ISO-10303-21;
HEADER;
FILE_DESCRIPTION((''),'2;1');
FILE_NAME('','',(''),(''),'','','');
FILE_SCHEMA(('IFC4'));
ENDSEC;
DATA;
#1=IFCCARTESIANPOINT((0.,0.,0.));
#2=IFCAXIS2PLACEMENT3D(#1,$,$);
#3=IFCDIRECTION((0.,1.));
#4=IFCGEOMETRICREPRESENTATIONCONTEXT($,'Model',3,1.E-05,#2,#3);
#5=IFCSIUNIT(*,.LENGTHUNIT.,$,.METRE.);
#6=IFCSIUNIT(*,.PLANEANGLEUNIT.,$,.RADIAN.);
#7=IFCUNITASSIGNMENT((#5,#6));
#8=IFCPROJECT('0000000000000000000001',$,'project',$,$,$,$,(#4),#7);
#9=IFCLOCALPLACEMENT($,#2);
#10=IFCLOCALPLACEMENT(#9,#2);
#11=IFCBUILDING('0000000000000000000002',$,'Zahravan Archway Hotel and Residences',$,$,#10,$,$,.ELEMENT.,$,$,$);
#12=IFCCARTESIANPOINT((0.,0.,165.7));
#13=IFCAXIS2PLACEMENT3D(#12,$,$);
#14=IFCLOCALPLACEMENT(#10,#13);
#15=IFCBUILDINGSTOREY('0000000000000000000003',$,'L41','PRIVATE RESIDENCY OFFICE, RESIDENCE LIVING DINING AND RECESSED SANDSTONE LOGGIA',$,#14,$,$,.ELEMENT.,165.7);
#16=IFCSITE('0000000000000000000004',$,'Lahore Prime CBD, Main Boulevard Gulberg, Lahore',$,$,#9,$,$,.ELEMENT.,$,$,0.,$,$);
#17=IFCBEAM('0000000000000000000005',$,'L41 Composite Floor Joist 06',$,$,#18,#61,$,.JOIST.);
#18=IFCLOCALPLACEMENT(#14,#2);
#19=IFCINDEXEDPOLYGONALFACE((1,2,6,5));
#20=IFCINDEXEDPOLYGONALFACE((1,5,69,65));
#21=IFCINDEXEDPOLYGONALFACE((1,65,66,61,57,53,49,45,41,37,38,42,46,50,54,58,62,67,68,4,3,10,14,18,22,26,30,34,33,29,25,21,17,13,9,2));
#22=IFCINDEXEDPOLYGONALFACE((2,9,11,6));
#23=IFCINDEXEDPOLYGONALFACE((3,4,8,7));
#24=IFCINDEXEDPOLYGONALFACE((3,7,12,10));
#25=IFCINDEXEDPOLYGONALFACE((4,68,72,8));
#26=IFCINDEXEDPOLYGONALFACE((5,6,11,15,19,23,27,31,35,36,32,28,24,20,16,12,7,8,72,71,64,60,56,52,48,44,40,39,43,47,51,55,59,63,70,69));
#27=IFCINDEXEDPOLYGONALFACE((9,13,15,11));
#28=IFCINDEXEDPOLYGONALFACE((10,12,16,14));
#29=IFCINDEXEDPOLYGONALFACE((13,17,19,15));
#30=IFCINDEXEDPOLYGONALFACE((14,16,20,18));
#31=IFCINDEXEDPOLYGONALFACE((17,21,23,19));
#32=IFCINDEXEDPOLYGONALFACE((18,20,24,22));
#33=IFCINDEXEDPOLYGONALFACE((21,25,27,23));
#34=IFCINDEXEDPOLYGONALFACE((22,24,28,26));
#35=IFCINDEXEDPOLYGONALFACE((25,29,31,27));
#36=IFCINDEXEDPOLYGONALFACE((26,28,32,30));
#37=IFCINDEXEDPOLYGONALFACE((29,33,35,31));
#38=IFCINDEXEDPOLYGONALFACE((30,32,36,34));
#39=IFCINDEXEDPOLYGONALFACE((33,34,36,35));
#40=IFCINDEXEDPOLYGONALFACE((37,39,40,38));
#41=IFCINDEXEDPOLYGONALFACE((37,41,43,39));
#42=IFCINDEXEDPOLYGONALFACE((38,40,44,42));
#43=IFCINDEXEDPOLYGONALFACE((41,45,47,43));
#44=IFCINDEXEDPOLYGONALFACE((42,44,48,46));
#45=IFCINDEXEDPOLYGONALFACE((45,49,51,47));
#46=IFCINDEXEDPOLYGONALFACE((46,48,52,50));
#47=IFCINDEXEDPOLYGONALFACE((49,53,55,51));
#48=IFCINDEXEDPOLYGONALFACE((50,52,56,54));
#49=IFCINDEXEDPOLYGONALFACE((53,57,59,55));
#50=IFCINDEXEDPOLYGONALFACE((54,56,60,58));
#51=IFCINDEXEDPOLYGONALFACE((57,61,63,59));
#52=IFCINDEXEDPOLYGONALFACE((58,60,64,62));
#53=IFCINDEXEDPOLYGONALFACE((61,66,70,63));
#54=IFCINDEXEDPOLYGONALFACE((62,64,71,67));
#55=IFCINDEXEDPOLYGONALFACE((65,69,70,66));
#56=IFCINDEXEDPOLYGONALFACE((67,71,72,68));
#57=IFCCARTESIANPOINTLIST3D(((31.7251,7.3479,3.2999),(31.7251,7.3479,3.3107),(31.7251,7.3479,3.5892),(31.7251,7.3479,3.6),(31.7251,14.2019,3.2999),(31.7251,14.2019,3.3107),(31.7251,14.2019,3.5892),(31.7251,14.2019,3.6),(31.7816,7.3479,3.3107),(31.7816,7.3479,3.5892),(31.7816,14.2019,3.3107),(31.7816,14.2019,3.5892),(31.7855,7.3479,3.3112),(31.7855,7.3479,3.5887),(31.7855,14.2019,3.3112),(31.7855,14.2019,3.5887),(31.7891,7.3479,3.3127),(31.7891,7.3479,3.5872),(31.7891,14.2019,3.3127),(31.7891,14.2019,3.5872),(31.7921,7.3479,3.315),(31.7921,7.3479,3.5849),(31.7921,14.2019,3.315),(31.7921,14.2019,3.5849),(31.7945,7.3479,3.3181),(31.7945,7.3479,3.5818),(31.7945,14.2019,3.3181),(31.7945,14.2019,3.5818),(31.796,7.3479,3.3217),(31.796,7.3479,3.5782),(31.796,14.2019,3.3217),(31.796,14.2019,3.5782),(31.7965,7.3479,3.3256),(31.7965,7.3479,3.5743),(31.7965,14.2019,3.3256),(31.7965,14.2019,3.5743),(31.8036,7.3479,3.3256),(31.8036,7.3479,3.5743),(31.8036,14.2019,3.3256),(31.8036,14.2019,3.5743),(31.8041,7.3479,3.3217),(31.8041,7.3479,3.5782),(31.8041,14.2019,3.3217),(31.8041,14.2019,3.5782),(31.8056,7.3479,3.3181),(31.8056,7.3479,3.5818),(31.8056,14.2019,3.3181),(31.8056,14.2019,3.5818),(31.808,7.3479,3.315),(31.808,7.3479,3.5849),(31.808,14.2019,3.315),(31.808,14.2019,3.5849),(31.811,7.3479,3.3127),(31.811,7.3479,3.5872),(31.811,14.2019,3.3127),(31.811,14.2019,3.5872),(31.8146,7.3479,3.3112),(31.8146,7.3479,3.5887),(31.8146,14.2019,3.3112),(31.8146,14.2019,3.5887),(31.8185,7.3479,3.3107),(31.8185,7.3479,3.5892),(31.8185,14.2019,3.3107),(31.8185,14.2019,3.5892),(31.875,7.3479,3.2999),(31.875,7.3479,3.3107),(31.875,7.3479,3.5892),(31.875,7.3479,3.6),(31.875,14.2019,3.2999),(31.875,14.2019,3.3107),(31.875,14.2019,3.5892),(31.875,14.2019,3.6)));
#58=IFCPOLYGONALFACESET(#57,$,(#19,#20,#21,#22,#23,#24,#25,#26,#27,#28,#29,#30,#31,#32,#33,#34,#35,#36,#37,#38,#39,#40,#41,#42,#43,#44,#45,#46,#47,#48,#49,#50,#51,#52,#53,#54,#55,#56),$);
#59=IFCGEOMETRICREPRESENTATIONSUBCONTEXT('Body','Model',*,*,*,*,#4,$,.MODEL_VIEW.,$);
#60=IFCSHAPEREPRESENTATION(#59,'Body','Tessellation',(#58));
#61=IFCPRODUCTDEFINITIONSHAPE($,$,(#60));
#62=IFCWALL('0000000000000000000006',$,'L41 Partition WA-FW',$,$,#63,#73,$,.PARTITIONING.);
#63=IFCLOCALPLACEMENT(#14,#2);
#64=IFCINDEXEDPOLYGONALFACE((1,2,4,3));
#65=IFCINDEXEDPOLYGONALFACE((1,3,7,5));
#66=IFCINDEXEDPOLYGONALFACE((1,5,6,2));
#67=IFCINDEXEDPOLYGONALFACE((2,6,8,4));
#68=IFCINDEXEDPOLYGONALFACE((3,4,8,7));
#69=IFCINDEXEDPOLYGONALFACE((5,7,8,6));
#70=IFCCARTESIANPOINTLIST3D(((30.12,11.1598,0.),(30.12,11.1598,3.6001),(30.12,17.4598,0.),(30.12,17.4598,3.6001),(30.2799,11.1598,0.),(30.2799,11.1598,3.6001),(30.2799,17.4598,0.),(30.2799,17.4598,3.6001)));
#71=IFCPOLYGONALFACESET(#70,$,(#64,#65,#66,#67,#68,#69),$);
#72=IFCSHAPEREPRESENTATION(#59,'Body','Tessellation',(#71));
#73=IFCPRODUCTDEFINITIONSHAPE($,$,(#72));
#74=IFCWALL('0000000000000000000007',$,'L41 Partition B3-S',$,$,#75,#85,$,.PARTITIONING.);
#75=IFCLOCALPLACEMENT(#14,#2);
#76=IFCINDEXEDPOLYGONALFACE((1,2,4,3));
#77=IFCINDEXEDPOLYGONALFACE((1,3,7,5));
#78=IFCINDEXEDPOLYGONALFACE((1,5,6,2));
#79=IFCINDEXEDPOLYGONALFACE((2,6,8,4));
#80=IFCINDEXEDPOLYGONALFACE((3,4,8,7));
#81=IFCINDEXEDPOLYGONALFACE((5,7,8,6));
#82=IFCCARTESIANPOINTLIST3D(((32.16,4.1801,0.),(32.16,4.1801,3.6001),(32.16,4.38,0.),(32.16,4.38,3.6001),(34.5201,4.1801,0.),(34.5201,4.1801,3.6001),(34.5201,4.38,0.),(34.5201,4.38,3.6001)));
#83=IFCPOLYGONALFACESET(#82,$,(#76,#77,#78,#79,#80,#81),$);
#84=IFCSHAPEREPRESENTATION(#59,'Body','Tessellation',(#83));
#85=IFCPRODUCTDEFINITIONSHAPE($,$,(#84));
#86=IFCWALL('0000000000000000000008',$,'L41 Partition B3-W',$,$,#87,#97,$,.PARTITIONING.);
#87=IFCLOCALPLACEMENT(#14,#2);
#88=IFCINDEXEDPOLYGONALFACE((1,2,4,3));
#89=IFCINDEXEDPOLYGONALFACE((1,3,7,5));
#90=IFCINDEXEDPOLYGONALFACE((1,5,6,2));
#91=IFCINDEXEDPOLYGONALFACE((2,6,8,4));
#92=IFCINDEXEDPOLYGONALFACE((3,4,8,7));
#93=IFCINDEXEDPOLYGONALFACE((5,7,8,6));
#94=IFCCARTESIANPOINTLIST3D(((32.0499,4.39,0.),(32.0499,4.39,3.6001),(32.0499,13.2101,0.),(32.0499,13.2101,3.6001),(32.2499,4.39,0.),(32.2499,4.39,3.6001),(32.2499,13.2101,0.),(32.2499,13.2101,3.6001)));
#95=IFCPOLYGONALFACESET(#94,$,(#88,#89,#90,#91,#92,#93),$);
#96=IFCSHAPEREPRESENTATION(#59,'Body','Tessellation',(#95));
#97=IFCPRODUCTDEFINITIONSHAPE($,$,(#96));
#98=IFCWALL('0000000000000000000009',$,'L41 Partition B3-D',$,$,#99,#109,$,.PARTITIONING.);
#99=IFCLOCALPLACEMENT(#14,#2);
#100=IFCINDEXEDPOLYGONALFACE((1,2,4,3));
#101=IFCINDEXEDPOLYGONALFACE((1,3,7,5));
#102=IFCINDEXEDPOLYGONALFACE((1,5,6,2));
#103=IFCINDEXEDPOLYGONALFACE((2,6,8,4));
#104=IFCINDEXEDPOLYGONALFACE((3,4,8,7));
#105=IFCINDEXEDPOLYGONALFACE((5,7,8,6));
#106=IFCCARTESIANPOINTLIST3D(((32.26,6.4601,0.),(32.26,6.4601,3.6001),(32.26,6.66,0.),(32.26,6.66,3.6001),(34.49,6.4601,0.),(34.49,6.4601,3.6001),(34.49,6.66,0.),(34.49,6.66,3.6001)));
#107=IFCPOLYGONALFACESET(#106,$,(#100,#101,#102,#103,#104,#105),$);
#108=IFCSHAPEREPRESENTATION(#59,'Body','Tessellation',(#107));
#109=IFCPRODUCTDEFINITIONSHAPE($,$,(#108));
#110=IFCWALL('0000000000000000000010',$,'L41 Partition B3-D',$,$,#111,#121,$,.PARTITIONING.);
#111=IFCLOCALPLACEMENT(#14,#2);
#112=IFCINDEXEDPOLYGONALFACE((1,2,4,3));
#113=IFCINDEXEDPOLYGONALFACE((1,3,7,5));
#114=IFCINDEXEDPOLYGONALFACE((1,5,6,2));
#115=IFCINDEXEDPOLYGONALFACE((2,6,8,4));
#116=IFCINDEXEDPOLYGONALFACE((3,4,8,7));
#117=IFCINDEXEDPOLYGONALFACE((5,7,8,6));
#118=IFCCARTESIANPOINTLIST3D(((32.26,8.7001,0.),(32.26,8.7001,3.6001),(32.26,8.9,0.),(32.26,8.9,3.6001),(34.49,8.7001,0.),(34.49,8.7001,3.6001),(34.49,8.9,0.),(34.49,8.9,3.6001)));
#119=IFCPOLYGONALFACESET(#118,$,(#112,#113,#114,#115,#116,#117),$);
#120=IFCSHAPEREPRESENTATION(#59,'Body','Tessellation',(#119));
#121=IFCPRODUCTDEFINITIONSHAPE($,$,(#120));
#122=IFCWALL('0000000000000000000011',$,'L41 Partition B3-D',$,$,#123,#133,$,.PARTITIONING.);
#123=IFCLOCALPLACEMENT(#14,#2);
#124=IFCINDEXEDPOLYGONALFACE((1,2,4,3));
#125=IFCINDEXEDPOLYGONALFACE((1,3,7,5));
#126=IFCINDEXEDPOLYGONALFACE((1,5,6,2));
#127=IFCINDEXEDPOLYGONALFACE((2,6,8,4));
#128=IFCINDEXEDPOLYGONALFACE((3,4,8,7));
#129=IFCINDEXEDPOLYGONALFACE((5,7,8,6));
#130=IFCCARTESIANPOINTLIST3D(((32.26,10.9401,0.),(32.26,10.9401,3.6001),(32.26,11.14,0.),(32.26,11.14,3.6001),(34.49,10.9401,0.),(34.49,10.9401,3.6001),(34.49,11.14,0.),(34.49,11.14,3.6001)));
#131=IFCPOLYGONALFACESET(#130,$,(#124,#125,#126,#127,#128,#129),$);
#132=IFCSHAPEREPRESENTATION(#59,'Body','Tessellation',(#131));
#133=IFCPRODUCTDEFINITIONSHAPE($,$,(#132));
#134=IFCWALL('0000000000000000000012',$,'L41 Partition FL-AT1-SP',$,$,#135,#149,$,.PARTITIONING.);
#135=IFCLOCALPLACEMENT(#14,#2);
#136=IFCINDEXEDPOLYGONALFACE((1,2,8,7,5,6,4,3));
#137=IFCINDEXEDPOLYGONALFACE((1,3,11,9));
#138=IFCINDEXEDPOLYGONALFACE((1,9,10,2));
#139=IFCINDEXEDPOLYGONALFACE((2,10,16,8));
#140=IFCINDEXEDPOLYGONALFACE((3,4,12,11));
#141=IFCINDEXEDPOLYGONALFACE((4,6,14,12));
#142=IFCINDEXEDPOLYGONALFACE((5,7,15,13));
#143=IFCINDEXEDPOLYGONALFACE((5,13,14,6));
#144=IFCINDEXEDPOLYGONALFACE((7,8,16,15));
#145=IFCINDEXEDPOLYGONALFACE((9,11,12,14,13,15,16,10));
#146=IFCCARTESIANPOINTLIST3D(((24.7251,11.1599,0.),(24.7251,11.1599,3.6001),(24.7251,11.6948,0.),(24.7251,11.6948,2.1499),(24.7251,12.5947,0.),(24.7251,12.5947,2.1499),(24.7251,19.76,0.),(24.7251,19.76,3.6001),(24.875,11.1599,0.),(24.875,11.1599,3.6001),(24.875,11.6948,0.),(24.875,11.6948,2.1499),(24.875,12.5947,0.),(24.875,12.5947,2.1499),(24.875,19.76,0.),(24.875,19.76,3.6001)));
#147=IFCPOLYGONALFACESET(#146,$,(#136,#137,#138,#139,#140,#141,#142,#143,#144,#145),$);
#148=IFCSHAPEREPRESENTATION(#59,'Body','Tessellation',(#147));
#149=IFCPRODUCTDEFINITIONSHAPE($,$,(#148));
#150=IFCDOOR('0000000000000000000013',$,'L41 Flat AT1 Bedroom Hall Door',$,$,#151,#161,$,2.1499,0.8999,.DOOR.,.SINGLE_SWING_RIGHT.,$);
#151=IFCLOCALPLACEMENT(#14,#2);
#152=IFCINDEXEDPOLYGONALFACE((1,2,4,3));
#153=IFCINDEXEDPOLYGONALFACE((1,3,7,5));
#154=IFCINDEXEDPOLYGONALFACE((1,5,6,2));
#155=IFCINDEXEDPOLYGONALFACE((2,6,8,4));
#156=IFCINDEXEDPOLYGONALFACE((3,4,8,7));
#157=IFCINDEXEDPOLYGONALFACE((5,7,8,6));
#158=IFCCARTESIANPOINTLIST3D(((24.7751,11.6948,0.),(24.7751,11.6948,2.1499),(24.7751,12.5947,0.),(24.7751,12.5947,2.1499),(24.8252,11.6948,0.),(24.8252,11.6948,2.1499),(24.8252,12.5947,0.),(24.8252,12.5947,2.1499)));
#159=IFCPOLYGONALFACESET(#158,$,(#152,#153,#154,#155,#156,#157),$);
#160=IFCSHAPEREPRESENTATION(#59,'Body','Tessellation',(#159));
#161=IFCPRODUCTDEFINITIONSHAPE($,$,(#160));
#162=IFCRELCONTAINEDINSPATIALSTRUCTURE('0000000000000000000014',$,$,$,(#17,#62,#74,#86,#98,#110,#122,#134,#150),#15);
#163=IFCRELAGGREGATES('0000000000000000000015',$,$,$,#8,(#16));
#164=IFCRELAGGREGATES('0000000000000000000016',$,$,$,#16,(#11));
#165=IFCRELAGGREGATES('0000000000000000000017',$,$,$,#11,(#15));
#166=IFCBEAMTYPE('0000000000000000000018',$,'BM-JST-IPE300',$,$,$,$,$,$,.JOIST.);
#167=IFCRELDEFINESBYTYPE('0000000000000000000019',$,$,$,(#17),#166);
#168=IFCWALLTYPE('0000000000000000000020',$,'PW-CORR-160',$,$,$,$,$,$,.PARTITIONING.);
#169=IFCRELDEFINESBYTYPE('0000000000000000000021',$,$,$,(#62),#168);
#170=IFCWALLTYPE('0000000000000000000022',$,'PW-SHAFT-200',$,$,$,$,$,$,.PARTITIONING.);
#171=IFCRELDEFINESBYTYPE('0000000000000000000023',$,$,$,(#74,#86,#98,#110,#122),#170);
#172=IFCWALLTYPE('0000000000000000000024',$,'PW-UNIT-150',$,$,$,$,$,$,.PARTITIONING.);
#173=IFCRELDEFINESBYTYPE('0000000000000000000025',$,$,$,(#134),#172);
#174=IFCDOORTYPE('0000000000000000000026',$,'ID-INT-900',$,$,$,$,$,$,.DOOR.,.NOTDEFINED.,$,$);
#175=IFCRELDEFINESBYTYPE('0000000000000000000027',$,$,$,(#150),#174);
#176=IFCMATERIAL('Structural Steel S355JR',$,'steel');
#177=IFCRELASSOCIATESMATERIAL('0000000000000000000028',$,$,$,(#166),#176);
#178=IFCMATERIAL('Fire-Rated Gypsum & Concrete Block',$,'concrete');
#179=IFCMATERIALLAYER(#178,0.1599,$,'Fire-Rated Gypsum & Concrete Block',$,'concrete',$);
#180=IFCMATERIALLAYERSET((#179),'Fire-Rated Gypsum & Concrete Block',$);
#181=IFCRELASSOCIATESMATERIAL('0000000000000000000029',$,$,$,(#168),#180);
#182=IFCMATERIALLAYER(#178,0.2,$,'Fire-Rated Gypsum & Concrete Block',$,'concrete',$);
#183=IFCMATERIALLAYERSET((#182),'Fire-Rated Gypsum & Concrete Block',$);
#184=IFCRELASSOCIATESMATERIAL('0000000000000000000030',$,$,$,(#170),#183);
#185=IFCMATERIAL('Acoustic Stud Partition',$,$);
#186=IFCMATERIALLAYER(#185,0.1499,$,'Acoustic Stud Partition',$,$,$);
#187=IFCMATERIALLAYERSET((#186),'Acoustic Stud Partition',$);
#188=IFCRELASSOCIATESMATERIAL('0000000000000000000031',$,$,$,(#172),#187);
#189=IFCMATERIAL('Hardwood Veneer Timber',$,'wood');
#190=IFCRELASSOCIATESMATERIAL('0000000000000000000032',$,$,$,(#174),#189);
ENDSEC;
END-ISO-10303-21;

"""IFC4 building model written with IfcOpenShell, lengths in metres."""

from ifc_helpers import new_model, si_unit, direction, frame, frame_2d, origin, origin_2d, place, context, subcontext, project, spatial, rectangle, i_section, extrude, source, transform, mapped, material, layer, layer_set, material_profile, profile_set, type_object, type_shapes, element, fill, save


model = new_model("IFC4")

# Units and contexts
model_context = context("Model", 3, precision=1e-05, world=origin(), true_north=direction((0.0, 1.0)))
body_context = subcontext(model_context, "Body", "Model", "MODEL_VIEW")
ifc_project = project(units=[si_unit("LENGTHUNIT", "METRE"), si_unit("PLANEANGLEUNIT", "RADIAN")], contexts=[model_context])

# Site, building, storey
site_placement = place(None, origin())
site = spatial("IfcSite", under=ifc_project, at=site_placement, Name="Lahore Prime CBD, Main Boulevard Gulberg, Lahore", CompositionType="ELEMENT", RefElevation=0.0)
building_placement = place(site_placement, origin())
building = spatial("IfcBuilding", under=site, at=building_placement, Name="Zahravan Archway Hotel and Residences", CompositionType="ELEMENT")
storey_placement = place(building_placement, frame((0.0, 0.0, 165.7)))
storey = spatial("IfcBuildingStorey", under=building, at=storey_placement, Name="L41", Description="PRIVATE RESIDENCY OFFICE, RESIDENCE LIVING DINING AND RECESSED SANDSTONE LOGGIA", CompositionType="ELEMENT", Elevation=165.7)

# Beam
ifc_material_1 = material(Name="Structural Steel S355JR", Category="steel")
ifc_material_profile_1 = material_profile(ifc_material_1, i_section(OverallWidth=0.1499, OverallDepth=0.3, WebThickness=0.0071, FlangeThickness=0.0107, FilletRadius=0.0149, at=origin_2d()), Name="IPE 300", Category="steel")
ifc_profile_set_1 = profile_set([ifc_material_profile_1], Name="Structural Steel S355JR")
beam_type_1 = type_object("IfcBeamType", Name="BM-JST-IPE300", PredefinedType="JOIST", material=ifc_profile_set_1)
shared_shape_1 = source(origin(), body_context, "Body", "SweptSolid", [
    extrude(i_section(OverallWidth=0.1499, OverallDepth=0.3, WebThickness=0.0071, FlangeThickness=0.0107, FilletRadius=0.0149, at=origin_2d()), origin(), (0.0, 0.0, 1.0), 6.854),
])
beam_1_placement = place(storey_placement, frame((31.8, 7.3479, 3.45), z_axis=(0.0, 1.0, 0.0), x_axis=(-1.0, 0.0, 0.0)))
element("IfcBeam", 1, at=beam_1_placement, inside=storey, type_object=beam_type_1, Name="L41 Composite Floor Joist 06", PredefinedType="JOIST", context=body_context, shape_type="MappedRepresentation", body=[
    mapped(shared_shape_1, transform((0.0, 0.0, 0.0), scale=1.0)),
])

# Walls
ifc_material_2 = material(Name="Fire-Rated Gypsum & Concrete Block", Category="concrete")
ifc_layer_1 = layer(ifc_material_2, 0.1599, Name="Fire-Rated Gypsum & Concrete Block", Category="concrete")
ifc_layer_set_1 = layer_set([ifc_layer_1], Name="Fire-Rated Gypsum & Concrete Block")
wall_type_1 = type_object("IfcWallType", Name="PW-CORR-160", PredefinedType="PARTITIONING", material=ifc_layer_set_1)
wall_1_placement = place(storey_placement, frame((30.2, 11.1599, 0.0), z_axis=(0.0, 0.0, 1.0), x_axis=(0.0, 1.0, 0.0)))
element("IfcWall", 2, at=wall_1_placement, inside=storey, type_object=wall_type_1, Name="L41 Partition WA-FW", PredefinedType="PARTITIONING", context=body_context, shape_type="SweptSolid", body=[
    extrude(rectangle(XDim=6.3, YDim=0.1599, at=frame_2d((3.1499, 0.0))), origin(), (0.0, 0.0, 1.0), 3.6001),
])
ifc_layer_2 = layer(ifc_material_2, 0.2, Name="Fire-Rated Gypsum & Concrete Block", Category="concrete")
ifc_layer_set_2 = layer_set([ifc_layer_2], Name="Fire-Rated Gypsum & Concrete Block")
wall_type_2 = type_object("IfcWallType", Name="PW-SHAFT-200", PredefinedType="PARTITIONING", material=ifc_layer_set_2)
wall_2_placement = place(storey_placement, frame((32.1599, 4.28, 0.0), z_axis=(0.0, 0.0, 1.0), x_axis=(1.0, 0.0, 0.0)))
element("IfcWall", 3, at=wall_2_placement, inside=storey, type_object=wall_type_2, Name="L41 Partition B3-S", PredefinedType="PARTITIONING", context=body_context, shape_type="SweptSolid", body=[
    extrude(rectangle(XDim=2.3601, YDim=0.2, at=frame_2d((1.1802, 0.0))), origin(), (0.0, 0.0, 1.0), 3.6001),
])
wall_3_placement = place(storey_placement, frame((32.1499, 4.3899, 0.0), z_axis=(0.0, 0.0, 1.0), x_axis=(0.0, 1.0, 0.0)))
element("IfcWall", 4, at=wall_3_placement, inside=storey, type_object=wall_type_2, Name="L41 Partition B3-W", PredefinedType="PARTITIONING", context=body_context, shape_type="SweptSolid", body=[
    extrude(rectangle(XDim=8.8201, YDim=0.2, at=frame_2d((4.4102, 0.0))), origin(), (0.0, 0.0, 1.0), 3.6001),
])
for number, where, z_axis, x_axis, name in (
    (5, (32.26, 6.5601, 0.0), (0.0, 0.0, 1.0), (1.0, 0.0, 0.0), "L41 Partition B3-D"),
    (6, (32.26, 8.8, 0.0), (0.0, 0.0, 1.0), (1.0, 0.0, 0.0), "L41 Partition B3-D"),
    (7, (32.26, 11.04, 0.0), (0.0, 0.0, 1.0), (1.0, 0.0, 0.0), "L41 Partition B3-D"),
):
    element("IfcWall", number, at=place(storey_placement, frame(where, z_axis=z_axis, x_axis=x_axis)), inside=storey, type_object=wall_type_2, Name=name, PredefinedType="PARTITIONING", context=body_context, shape_type="SweptSolid", body=[
        extrude(rectangle(XDim=2.23, YDim=0.2, at=frame_2d((1.115, 0.0))), origin(), (0.0, 0.0, 1.0), 3.6001),
    ])

# Wall, opening, door
ifc_material_3 = material(Name="Acoustic Stud Partition")
ifc_layer_3 = layer(ifc_material_3, 0.1499, Name="Acoustic Stud Partition")
ifc_layer_set_3 = layer_set([ifc_layer_3], Name="Acoustic Stud Partition")
wall_type_3 = type_object("IfcWallType", Name="PW-UNIT-150", PredefinedType="PARTITIONING", material=ifc_layer_set_3)
wall_4_placement = place(storey_placement, frame((24.8, 11.1599, 0.0), z_axis=(0.0, 0.0, 1.0), x_axis=(0.0, 1.0, 0.0)))
wall_4 = element("IfcWall", 8, at=wall_4_placement, inside=storey, type_object=wall_type_3, Name="L41 Partition FL-AT1-SP", PredefinedType="PARTITIONING", context=body_context, shape_type="SweptSolid", body=[
    extrude(rectangle(XDim=8.6001, YDim=0.1499, at=frame_2d((4.3, 0.0))), origin(), (0.0, 0.0, 1.0), 3.6001),
])
opening_1_placement = place(wall_4_placement, frame((0.5349, 0.0, 0.0)))
opening_1 = element("IfcOpeningElement", 9, at=opening_1_placement, cuts=wall_4, PredefinedType="OPENING", context=body_context, shape_type="SweptSolid", body=[
    extrude(rectangle(XDim=0.8999, YDim=2.1499, at=frame_2d((0.45, 1.075))), frame((0.0, 0.085, 0.0), z_axis=(0.0, -1.0, 0.0), x_axis=(1.0, 0.0, 0.0)), (0.0, 0.0, 1.0), 0.1699),
])
ifc_material_4 = material(Name="Hardwood Veneer Timber", Category="wood")
door_type_1 = type_object("IfcDoorType", Name="ID-INT-900", OperationType="NOTDEFINED", PredefinedType="DOOR", material=ifc_material_4)
shared_shape_2 = source(origin(), body_context, "Body", "SweptSolid", [
    extrude(rectangle(XDim=0.8999, YDim=2.1499, at=frame_2d((0.45, 1.075))), frame((0.0, 0.0249, 0.0), z_axis=(0.0, -1.0, 0.0), x_axis=(1.0, 0.0, 0.0)), (0.0, 0.0, 1.0), 0.05),
])
type_shapes(door_type_1, [shared_shape_2])
door_1_placement = place(opening_1_placement, origin())
door_1 = element("IfcDoor", 10, at=door_1_placement, inside=storey, type_object=door_type_1, Name="L41 Flat AT1 Bedroom Hall Door", OperationType="SINGLE_SWING_RIGHT", OverallHeight=2.1499, OverallWidth=0.8999, PredefinedType="DOOR", context=body_context, shape_type="MappedRepresentation", body=[
    mapped(shared_shape_2, transform((0.0, 0.0, 0.0), scale=1.0)),
])
fill(opening_1, door_1)

save(model, "model.ifc")
